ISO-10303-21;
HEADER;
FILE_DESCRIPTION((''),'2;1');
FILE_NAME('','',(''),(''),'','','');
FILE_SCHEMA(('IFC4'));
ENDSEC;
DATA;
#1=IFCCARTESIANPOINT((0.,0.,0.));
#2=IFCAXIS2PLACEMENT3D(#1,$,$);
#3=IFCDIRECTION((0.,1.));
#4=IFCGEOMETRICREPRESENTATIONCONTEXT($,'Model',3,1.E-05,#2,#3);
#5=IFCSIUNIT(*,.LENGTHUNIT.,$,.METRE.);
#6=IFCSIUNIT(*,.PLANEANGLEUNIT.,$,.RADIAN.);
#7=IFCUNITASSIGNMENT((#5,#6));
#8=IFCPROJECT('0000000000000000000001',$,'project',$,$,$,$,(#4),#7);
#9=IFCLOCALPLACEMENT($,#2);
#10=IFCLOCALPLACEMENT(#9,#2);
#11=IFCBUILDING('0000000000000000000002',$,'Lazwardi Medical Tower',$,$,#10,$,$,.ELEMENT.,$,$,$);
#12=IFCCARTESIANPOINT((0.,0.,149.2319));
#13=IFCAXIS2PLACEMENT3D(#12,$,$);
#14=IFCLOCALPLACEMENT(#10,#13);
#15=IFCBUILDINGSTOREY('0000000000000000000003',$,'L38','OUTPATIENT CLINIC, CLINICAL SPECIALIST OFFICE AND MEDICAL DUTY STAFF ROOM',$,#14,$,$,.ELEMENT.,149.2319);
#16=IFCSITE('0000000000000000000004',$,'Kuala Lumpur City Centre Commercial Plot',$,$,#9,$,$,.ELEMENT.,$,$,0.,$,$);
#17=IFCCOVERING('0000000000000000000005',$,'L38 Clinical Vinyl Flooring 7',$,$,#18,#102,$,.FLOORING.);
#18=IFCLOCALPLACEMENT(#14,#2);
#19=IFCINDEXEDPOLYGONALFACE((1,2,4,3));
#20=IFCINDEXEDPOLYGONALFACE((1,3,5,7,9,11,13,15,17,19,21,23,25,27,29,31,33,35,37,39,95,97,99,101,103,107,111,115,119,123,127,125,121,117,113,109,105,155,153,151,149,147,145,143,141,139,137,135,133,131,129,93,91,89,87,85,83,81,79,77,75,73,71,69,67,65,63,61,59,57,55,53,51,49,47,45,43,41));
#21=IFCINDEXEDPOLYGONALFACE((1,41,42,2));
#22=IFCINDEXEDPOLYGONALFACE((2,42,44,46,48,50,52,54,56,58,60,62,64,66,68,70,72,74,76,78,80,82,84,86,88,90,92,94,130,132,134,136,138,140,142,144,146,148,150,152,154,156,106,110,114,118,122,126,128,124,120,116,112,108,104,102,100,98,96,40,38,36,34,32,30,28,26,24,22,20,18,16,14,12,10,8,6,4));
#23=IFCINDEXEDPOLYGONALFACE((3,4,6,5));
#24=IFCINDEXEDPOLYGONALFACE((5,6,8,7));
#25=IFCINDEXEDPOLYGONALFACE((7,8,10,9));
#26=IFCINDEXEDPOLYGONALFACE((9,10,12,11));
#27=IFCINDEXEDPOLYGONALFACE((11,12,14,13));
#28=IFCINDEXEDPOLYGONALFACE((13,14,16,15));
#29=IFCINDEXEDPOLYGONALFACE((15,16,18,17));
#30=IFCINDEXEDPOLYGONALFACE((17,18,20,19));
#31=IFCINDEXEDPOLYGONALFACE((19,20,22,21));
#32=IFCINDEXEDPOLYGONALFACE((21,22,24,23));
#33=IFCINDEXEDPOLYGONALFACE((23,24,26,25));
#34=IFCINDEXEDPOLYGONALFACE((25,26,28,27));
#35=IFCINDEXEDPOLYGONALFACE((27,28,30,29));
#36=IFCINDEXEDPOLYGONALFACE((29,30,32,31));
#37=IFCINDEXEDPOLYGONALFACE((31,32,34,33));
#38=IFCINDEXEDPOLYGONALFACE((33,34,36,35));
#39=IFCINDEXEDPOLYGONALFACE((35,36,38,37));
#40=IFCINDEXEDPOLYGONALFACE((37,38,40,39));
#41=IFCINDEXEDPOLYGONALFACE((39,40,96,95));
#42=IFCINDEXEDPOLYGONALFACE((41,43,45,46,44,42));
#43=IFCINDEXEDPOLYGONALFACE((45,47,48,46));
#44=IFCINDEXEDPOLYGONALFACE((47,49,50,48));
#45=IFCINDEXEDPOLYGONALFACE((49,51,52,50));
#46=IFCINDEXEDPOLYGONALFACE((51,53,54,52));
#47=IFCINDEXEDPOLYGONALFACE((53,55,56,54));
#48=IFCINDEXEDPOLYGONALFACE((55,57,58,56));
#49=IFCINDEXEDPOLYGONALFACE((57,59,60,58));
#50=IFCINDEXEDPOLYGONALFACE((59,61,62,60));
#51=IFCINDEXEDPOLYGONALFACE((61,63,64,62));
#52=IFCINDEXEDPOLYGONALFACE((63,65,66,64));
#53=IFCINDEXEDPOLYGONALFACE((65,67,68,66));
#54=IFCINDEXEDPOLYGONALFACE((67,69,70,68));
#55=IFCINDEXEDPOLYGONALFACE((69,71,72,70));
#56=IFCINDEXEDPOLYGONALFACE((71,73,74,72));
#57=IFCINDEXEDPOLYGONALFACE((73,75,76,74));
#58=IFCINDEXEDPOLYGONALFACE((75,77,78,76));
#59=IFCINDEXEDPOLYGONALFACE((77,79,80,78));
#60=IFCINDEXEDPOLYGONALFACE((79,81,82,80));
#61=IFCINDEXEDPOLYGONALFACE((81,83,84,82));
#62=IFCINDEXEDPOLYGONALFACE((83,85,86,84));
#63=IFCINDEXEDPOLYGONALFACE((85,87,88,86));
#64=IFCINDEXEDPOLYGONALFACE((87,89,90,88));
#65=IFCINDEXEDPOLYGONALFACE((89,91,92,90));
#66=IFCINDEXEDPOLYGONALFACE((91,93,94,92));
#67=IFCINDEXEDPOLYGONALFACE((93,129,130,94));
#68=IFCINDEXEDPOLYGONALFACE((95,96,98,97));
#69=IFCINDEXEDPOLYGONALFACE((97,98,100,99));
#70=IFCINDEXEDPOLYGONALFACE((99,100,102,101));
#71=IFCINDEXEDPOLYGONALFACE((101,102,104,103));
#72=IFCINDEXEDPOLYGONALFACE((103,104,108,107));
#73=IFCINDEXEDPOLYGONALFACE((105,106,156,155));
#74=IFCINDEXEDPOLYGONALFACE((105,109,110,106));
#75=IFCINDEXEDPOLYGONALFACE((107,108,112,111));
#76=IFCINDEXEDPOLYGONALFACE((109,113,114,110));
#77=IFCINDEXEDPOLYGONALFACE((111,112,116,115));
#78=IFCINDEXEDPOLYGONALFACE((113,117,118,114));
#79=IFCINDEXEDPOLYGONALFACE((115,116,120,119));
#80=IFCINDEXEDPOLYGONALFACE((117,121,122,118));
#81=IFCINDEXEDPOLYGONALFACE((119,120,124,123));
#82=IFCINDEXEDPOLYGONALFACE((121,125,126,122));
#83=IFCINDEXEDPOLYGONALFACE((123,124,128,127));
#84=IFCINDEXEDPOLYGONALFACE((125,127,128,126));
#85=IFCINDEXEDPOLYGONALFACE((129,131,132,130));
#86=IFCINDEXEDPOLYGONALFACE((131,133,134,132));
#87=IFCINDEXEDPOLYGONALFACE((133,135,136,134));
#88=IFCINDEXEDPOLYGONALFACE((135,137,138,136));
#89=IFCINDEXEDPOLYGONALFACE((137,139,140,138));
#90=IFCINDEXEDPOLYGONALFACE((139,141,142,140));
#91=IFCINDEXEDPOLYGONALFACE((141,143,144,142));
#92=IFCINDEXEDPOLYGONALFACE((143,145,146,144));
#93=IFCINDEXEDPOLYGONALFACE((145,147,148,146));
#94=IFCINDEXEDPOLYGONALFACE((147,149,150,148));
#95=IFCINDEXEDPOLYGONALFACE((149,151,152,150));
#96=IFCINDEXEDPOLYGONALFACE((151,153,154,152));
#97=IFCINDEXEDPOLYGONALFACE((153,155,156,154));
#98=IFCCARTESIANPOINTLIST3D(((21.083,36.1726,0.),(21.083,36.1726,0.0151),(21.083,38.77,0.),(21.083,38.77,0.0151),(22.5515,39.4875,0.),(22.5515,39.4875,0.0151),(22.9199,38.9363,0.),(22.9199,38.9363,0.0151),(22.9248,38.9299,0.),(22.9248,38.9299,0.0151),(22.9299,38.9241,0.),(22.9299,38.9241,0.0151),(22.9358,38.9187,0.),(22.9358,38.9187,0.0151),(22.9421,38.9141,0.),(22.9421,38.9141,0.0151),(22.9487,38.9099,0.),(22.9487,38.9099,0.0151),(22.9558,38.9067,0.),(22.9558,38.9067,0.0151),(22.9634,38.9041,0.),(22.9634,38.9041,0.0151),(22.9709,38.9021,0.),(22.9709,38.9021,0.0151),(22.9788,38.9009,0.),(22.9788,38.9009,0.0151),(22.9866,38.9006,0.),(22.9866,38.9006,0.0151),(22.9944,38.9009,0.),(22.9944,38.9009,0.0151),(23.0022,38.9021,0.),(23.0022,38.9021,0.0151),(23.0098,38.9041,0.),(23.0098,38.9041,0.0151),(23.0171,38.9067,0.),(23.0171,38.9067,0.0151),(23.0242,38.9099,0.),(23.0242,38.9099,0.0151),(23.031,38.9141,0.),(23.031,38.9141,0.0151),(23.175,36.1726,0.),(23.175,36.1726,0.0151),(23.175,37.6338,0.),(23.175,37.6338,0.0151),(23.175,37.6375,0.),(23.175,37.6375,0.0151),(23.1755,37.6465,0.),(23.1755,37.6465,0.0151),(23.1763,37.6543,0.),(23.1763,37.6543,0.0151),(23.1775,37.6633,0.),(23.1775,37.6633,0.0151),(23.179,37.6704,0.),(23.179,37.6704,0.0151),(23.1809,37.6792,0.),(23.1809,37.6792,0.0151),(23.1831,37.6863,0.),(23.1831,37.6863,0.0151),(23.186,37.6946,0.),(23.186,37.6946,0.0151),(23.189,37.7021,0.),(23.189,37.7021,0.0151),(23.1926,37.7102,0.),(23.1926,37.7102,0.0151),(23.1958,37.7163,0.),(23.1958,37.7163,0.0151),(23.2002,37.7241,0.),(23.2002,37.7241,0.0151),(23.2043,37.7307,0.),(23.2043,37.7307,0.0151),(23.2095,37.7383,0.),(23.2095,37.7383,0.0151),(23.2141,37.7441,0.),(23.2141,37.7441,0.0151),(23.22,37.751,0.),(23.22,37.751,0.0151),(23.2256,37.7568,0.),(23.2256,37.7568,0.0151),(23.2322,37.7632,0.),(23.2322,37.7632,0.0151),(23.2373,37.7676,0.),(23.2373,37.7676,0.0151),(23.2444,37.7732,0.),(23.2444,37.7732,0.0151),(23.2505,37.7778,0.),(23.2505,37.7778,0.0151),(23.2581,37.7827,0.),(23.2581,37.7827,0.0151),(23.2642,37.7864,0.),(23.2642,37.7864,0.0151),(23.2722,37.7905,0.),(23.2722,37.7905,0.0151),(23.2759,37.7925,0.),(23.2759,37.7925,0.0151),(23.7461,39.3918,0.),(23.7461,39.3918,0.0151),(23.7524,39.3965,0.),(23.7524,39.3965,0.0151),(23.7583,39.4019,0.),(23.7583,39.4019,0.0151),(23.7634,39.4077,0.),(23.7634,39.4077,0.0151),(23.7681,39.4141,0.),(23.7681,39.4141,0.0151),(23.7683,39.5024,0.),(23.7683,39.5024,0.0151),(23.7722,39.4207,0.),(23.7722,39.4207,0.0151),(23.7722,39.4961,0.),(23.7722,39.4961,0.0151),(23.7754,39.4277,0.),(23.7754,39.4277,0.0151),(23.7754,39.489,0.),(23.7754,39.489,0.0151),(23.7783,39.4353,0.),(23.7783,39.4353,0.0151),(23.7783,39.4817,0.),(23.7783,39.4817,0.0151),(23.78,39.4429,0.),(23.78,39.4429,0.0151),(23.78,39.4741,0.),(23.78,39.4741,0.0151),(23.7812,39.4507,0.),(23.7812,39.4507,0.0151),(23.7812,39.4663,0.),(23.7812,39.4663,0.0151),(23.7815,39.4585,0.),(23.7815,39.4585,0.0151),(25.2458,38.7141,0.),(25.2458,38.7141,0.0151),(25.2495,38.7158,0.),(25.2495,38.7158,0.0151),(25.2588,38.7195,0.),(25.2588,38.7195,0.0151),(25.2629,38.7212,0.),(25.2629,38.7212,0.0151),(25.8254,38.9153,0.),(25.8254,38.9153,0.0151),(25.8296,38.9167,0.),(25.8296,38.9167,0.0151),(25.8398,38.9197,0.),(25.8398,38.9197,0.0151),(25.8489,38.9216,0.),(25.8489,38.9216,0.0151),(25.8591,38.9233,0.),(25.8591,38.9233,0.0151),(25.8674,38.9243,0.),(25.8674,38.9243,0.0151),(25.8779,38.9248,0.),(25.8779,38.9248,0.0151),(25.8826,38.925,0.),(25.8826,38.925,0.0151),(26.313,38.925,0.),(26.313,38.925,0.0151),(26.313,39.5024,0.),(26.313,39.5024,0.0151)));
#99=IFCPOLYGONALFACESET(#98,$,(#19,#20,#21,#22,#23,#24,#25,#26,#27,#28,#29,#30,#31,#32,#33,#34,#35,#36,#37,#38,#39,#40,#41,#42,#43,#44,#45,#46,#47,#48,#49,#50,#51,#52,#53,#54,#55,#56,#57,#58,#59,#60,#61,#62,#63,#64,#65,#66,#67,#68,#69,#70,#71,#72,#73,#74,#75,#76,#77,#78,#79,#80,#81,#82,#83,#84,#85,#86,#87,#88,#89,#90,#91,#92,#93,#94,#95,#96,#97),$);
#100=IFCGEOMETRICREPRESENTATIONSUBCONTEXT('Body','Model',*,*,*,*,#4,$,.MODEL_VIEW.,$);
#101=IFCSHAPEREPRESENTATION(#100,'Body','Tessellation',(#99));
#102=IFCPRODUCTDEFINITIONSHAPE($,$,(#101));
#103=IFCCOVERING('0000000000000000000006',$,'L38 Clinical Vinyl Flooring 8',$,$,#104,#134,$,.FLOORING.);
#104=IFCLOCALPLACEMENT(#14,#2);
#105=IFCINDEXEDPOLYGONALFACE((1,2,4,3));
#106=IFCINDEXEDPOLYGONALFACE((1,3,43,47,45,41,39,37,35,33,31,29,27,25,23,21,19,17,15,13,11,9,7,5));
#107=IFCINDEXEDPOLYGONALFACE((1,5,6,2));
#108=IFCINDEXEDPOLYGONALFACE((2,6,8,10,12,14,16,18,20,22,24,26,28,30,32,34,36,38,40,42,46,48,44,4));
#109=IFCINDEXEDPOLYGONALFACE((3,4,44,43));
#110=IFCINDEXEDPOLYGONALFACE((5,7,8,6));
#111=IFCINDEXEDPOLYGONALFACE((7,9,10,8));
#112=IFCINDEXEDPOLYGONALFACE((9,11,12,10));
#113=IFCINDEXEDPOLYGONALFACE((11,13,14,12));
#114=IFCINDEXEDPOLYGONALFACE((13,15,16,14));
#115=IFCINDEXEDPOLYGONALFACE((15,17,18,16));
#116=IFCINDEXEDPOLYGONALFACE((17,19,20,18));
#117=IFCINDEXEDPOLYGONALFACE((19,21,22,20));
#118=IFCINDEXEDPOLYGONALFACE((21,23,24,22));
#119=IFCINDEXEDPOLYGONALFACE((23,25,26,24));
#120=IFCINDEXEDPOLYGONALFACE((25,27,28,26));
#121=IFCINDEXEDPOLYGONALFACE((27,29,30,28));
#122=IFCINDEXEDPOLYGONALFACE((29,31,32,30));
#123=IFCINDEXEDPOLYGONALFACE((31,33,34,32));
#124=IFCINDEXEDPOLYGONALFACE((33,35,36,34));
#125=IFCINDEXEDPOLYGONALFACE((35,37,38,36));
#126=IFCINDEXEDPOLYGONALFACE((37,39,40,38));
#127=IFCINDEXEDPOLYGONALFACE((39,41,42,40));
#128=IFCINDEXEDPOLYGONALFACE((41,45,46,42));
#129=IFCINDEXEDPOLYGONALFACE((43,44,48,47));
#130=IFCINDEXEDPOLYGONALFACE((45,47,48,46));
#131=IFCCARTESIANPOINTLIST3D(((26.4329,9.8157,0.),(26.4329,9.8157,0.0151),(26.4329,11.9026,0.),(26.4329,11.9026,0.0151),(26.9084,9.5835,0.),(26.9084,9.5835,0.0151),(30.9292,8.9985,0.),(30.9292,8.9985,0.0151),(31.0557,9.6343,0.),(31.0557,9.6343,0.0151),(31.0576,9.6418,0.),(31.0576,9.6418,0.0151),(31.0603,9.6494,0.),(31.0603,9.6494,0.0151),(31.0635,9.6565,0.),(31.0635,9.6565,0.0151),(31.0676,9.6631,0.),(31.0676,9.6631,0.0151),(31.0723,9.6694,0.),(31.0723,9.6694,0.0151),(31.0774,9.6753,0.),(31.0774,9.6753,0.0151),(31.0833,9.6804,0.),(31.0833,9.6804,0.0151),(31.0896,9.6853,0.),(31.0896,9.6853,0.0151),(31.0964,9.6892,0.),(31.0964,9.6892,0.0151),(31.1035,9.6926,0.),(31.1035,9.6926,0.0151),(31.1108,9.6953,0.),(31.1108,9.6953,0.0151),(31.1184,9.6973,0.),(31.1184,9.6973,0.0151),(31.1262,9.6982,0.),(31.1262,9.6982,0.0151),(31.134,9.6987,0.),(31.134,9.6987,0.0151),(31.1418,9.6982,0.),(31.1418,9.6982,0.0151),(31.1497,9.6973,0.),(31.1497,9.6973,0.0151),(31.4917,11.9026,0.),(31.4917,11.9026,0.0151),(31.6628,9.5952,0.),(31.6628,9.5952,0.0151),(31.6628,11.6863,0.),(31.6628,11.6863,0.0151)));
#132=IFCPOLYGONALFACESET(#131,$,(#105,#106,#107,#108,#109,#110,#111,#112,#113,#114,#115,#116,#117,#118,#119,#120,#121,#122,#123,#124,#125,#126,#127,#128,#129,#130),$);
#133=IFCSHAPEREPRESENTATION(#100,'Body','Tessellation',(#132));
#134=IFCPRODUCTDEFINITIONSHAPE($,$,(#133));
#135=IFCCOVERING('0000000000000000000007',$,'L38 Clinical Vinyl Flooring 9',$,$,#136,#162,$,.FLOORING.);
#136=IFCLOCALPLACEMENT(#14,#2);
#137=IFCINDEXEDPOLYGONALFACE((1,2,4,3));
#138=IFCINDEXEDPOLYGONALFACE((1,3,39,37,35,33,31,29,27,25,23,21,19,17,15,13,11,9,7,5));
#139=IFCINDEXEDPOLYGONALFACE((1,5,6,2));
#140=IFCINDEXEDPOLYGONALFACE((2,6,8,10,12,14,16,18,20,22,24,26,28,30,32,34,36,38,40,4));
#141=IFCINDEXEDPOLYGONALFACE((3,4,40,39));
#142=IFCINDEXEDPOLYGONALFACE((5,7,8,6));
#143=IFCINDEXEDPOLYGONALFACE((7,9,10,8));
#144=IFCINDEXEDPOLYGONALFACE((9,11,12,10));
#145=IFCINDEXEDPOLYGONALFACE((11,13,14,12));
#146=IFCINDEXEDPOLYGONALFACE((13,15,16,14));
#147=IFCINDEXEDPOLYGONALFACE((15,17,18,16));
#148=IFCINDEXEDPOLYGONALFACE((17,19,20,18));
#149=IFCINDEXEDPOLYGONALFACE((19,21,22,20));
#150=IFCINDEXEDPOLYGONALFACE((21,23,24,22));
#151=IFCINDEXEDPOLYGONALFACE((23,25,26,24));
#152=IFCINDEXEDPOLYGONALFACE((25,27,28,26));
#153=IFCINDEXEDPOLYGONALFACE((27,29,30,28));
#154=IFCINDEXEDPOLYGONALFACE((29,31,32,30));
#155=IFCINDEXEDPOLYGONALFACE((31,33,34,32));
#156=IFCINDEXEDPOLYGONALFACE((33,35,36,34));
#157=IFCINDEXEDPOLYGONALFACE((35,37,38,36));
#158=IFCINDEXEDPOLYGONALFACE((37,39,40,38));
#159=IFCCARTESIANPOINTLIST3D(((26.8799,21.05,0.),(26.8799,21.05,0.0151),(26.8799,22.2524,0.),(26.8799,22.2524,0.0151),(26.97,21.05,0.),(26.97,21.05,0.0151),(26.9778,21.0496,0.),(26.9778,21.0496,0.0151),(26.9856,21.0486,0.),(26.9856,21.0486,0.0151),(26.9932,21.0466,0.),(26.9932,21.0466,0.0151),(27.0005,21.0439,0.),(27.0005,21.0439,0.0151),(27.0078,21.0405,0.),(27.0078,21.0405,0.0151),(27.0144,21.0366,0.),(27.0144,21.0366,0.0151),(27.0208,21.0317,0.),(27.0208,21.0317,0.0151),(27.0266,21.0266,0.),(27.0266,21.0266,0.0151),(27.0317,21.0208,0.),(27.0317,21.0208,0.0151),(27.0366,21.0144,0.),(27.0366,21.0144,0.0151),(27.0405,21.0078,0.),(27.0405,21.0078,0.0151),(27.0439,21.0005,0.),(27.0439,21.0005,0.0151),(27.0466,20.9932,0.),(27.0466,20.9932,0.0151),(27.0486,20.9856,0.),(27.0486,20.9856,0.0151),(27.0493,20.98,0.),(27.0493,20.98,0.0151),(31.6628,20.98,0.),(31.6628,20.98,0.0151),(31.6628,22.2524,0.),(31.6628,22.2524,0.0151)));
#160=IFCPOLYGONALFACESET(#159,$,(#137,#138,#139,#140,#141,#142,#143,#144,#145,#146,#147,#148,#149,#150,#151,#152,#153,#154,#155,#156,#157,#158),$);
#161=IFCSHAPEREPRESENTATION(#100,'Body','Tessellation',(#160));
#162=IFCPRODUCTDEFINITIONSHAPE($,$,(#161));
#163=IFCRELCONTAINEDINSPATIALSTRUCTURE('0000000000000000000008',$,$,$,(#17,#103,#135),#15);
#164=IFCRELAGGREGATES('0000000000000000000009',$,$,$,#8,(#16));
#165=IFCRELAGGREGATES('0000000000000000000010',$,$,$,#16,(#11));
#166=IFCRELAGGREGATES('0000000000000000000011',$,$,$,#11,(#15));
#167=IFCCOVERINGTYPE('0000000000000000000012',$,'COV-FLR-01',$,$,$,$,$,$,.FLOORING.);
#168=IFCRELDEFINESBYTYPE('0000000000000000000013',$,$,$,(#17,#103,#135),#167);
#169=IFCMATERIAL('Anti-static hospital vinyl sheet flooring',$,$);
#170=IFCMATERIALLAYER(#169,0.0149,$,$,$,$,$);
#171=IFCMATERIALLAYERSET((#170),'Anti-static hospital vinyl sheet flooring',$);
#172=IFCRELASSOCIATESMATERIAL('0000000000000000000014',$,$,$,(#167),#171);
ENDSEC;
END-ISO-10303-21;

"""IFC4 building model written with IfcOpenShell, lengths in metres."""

from ifc_helpers import new_model, si_unit, direction, frame, origin, place, context, subcontext, project, spatial, polyline, outline, extrude, material, layer, layer_set, type_object, element, save


model = new_model("IFC4")

# Units and contexts
model_context = context("Model", 3, precision=1e-05, world=origin(), true_north=direction((0.0, 1.0)))
body_context = subcontext(model_context, "Body", "Model", "MODEL_VIEW")
ifc_project = project(units=[si_unit("LENGTHUNIT", "METRE"), si_unit("PLANEANGLEUNIT", "RADIAN")], contexts=[model_context])

# Site, building, storey
site_placement = place(None, origin())
site = spatial("IfcSite", under=ifc_project, at=site_placement, Name="Kuala Lumpur City Centre Commercial Plot", CompositionType="ELEMENT", RefElevation=0.0)
building_placement = place(site_placement, origin())
building = spatial("IfcBuilding", under=site, at=building_placement, Name="Lazwardi Medical Tower", CompositionType="ELEMENT")
storey_placement = place(building_placement, frame((0.0, 0.0, 149.2319)))
storey = spatial("IfcBuildingStorey", under=building, at=storey_placement, Name="L38", Description="OUTPATIENT CLINIC, CLINICAL SPECIALIST OFFICE AND MEDICAL DUTY STAFF ROOM", CompositionType="ELEMENT", Elevation=149.2319)

# Coverings
ifc_material_1 = material(Name="Anti-static hospital vinyl sheet flooring")
ifc_layer_1 = layer(ifc_material_1, 0.0149)
ifc_layer_set_1 = layer_set([ifc_layer_1], Name="Anti-static hospital vinyl sheet flooring")
covering_type_1 = type_object("IfcCoveringType", Name="COV-FLR-01", PredefinedType="FLOORING", material=ifc_layer_set_1)
covering_1_placement = place(storey_placement, origin())
element("IfcCovering", 1, at=covering_1_placement, inside=storey, type_object=covering_type_1, Name="L38 Clinical Vinyl Flooring 7", PredefinedType="FLOORING", context=body_context, shape_type="SweptSolid", body=[
    extrude(outline(polyline([(23.7683, 39.5024), (23.7722, 39.4961), (23.7754, 39.489), (23.7783, 39.4817), (23.78, 39.4741), (23.7812, 39.4663), (23.7815, 39.4585), (23.7812, 39.4507), (23.78, 39.4429), (23.7783, 39.4353), (23.7754, 39.4277), (23.7722, 39.4207), (23.7681, 39.4141), (23.7634, 39.4077), (23.7583, 39.4019), (23.7524, 39.3965), (23.7461, 39.3918), (23.031, 38.9141), (23.0242, 38.9099), (23.0171, 38.9067), (23.0098, 38.9041), (23.0022, 38.9021), (22.9944, 38.9009), (22.9866, 38.9006), (22.9788, 38.9009), (22.9709, 38.9021), (22.9634, 38.9041), (22.9558, 38.9067), (22.9487, 38.9099), (22.9421, 38.9141), (22.9358, 38.9187), (22.9299, 38.9241), (22.9248, 38.9299), (22.9199, 38.9363), (22.5515, 39.4875), (21.083, 38.77), (21.083, 36.1726), (23.175, 36.1726), (23.175, 37.6338), (23.175, 37.6375), (23.1755, 37.6465), (23.1763, 37.6543), (23.1775, 37.6633), (23.179, 37.6704), (23.1809, 37.6792), (23.1831, 37.6863), (23.186, 37.6946), (23.189, 37.7021), (23.1926, 37.7102), (23.1958, 37.7163), (23.2002, 37.7241), (23.2043, 37.7307), (23.2095, 37.7383), (23.2141, 37.7441), (23.22, 37.751), (23.2256, 37.7568), (23.2322, 37.7632), (23.2373, 37.7676), (23.2444, 37.7732), (23.2505, 37.7778), (23.2581, 37.7827), (23.2642, 37.7864), (23.2722, 37.7905), (23.2759, 37.7925), (25.2458, 38.7141), (25.2495, 38.7158), (25.2588, 38.7195), (25.2629, 38.7212), (25.8254, 38.9153), (25.8296, 38.9167), (25.8398, 38.9197), (25.8489, 38.9216), (25.8591, 38.9233), (25.8674, 38.9243), (25.8779, 38.9248), (25.8826, 38.925), (26.313, 38.925), (26.313, 39.5024), (23.7683, 39.5024)])), origin(), (0.0, 0.0, 1.0), 0.0151),
])
covering_2_placement = place(storey_placement, origin())
element("IfcCovering", 2, at=covering_2_placement, inside=storey, type_object=covering_type_1, Name="L38 Clinical Vinyl Flooring 8", PredefinedType="FLOORING", context=body_context, shape_type="SweptSolid", body=[
    extrude(outline(polyline([(31.6628, 11.6863), (31.4917, 11.9026), (26.4329, 11.9026), (26.4329, 9.8157), (26.9084, 9.5835), (30.9292, 8.9985), (31.0557, 9.6343), (31.0576, 9.6418), (31.0603, 9.6494), (31.0635, 9.6565), (31.0676, 9.6631), (31.0723, 9.6694), (31.0774, 9.6753), (31.0833, 9.6804), (31.0896, 9.6853), (31.0964, 9.6892), (31.1035, 9.6926), (31.1108, 9.6953), (31.1184, 9.6973), (31.1262, 9.6982), (31.134, 9.6987), (31.1418, 9.6982), (31.1497, 9.6973), (31.6628, 9.5952), (31.6628, 11.6863)])), origin(), (0.0, 0.0, 1.0), 0.0151),
])
covering_3_placement = place(storey_placement, origin())
element("IfcCovering", 3, at=covering_3_placement, inside=storey, type_object=covering_type_1, Name="L38 Clinical Vinyl Flooring 9", PredefinedType="FLOORING", context=body_context, shape_type="SweptSolid", body=[
    extrude(outline(polyline([(26.8799, 22.2524), (26.8799, 21.05), (26.97, 21.05), (26.9778, 21.0496), (26.9856, 21.0486), (26.9932, 21.0466), (27.0005, 21.0439), (27.0078, 21.0405), (27.0144, 21.0366), (27.0208, 21.0317), (27.0266, 21.0266), (27.0317, 21.0208), (27.0366, 21.0144), (27.0405, 21.0078), (27.0439, 21.0005), (27.0466, 20.9932), (27.0486, 20.9856), (27.0493, 20.98), (31.6628, 20.98), (31.6628, 22.2524), (26.8799, 22.2524)])), origin(), (0.0, 0.0, 1.0), 0.0151),
])

save(model, "model.ifc")
